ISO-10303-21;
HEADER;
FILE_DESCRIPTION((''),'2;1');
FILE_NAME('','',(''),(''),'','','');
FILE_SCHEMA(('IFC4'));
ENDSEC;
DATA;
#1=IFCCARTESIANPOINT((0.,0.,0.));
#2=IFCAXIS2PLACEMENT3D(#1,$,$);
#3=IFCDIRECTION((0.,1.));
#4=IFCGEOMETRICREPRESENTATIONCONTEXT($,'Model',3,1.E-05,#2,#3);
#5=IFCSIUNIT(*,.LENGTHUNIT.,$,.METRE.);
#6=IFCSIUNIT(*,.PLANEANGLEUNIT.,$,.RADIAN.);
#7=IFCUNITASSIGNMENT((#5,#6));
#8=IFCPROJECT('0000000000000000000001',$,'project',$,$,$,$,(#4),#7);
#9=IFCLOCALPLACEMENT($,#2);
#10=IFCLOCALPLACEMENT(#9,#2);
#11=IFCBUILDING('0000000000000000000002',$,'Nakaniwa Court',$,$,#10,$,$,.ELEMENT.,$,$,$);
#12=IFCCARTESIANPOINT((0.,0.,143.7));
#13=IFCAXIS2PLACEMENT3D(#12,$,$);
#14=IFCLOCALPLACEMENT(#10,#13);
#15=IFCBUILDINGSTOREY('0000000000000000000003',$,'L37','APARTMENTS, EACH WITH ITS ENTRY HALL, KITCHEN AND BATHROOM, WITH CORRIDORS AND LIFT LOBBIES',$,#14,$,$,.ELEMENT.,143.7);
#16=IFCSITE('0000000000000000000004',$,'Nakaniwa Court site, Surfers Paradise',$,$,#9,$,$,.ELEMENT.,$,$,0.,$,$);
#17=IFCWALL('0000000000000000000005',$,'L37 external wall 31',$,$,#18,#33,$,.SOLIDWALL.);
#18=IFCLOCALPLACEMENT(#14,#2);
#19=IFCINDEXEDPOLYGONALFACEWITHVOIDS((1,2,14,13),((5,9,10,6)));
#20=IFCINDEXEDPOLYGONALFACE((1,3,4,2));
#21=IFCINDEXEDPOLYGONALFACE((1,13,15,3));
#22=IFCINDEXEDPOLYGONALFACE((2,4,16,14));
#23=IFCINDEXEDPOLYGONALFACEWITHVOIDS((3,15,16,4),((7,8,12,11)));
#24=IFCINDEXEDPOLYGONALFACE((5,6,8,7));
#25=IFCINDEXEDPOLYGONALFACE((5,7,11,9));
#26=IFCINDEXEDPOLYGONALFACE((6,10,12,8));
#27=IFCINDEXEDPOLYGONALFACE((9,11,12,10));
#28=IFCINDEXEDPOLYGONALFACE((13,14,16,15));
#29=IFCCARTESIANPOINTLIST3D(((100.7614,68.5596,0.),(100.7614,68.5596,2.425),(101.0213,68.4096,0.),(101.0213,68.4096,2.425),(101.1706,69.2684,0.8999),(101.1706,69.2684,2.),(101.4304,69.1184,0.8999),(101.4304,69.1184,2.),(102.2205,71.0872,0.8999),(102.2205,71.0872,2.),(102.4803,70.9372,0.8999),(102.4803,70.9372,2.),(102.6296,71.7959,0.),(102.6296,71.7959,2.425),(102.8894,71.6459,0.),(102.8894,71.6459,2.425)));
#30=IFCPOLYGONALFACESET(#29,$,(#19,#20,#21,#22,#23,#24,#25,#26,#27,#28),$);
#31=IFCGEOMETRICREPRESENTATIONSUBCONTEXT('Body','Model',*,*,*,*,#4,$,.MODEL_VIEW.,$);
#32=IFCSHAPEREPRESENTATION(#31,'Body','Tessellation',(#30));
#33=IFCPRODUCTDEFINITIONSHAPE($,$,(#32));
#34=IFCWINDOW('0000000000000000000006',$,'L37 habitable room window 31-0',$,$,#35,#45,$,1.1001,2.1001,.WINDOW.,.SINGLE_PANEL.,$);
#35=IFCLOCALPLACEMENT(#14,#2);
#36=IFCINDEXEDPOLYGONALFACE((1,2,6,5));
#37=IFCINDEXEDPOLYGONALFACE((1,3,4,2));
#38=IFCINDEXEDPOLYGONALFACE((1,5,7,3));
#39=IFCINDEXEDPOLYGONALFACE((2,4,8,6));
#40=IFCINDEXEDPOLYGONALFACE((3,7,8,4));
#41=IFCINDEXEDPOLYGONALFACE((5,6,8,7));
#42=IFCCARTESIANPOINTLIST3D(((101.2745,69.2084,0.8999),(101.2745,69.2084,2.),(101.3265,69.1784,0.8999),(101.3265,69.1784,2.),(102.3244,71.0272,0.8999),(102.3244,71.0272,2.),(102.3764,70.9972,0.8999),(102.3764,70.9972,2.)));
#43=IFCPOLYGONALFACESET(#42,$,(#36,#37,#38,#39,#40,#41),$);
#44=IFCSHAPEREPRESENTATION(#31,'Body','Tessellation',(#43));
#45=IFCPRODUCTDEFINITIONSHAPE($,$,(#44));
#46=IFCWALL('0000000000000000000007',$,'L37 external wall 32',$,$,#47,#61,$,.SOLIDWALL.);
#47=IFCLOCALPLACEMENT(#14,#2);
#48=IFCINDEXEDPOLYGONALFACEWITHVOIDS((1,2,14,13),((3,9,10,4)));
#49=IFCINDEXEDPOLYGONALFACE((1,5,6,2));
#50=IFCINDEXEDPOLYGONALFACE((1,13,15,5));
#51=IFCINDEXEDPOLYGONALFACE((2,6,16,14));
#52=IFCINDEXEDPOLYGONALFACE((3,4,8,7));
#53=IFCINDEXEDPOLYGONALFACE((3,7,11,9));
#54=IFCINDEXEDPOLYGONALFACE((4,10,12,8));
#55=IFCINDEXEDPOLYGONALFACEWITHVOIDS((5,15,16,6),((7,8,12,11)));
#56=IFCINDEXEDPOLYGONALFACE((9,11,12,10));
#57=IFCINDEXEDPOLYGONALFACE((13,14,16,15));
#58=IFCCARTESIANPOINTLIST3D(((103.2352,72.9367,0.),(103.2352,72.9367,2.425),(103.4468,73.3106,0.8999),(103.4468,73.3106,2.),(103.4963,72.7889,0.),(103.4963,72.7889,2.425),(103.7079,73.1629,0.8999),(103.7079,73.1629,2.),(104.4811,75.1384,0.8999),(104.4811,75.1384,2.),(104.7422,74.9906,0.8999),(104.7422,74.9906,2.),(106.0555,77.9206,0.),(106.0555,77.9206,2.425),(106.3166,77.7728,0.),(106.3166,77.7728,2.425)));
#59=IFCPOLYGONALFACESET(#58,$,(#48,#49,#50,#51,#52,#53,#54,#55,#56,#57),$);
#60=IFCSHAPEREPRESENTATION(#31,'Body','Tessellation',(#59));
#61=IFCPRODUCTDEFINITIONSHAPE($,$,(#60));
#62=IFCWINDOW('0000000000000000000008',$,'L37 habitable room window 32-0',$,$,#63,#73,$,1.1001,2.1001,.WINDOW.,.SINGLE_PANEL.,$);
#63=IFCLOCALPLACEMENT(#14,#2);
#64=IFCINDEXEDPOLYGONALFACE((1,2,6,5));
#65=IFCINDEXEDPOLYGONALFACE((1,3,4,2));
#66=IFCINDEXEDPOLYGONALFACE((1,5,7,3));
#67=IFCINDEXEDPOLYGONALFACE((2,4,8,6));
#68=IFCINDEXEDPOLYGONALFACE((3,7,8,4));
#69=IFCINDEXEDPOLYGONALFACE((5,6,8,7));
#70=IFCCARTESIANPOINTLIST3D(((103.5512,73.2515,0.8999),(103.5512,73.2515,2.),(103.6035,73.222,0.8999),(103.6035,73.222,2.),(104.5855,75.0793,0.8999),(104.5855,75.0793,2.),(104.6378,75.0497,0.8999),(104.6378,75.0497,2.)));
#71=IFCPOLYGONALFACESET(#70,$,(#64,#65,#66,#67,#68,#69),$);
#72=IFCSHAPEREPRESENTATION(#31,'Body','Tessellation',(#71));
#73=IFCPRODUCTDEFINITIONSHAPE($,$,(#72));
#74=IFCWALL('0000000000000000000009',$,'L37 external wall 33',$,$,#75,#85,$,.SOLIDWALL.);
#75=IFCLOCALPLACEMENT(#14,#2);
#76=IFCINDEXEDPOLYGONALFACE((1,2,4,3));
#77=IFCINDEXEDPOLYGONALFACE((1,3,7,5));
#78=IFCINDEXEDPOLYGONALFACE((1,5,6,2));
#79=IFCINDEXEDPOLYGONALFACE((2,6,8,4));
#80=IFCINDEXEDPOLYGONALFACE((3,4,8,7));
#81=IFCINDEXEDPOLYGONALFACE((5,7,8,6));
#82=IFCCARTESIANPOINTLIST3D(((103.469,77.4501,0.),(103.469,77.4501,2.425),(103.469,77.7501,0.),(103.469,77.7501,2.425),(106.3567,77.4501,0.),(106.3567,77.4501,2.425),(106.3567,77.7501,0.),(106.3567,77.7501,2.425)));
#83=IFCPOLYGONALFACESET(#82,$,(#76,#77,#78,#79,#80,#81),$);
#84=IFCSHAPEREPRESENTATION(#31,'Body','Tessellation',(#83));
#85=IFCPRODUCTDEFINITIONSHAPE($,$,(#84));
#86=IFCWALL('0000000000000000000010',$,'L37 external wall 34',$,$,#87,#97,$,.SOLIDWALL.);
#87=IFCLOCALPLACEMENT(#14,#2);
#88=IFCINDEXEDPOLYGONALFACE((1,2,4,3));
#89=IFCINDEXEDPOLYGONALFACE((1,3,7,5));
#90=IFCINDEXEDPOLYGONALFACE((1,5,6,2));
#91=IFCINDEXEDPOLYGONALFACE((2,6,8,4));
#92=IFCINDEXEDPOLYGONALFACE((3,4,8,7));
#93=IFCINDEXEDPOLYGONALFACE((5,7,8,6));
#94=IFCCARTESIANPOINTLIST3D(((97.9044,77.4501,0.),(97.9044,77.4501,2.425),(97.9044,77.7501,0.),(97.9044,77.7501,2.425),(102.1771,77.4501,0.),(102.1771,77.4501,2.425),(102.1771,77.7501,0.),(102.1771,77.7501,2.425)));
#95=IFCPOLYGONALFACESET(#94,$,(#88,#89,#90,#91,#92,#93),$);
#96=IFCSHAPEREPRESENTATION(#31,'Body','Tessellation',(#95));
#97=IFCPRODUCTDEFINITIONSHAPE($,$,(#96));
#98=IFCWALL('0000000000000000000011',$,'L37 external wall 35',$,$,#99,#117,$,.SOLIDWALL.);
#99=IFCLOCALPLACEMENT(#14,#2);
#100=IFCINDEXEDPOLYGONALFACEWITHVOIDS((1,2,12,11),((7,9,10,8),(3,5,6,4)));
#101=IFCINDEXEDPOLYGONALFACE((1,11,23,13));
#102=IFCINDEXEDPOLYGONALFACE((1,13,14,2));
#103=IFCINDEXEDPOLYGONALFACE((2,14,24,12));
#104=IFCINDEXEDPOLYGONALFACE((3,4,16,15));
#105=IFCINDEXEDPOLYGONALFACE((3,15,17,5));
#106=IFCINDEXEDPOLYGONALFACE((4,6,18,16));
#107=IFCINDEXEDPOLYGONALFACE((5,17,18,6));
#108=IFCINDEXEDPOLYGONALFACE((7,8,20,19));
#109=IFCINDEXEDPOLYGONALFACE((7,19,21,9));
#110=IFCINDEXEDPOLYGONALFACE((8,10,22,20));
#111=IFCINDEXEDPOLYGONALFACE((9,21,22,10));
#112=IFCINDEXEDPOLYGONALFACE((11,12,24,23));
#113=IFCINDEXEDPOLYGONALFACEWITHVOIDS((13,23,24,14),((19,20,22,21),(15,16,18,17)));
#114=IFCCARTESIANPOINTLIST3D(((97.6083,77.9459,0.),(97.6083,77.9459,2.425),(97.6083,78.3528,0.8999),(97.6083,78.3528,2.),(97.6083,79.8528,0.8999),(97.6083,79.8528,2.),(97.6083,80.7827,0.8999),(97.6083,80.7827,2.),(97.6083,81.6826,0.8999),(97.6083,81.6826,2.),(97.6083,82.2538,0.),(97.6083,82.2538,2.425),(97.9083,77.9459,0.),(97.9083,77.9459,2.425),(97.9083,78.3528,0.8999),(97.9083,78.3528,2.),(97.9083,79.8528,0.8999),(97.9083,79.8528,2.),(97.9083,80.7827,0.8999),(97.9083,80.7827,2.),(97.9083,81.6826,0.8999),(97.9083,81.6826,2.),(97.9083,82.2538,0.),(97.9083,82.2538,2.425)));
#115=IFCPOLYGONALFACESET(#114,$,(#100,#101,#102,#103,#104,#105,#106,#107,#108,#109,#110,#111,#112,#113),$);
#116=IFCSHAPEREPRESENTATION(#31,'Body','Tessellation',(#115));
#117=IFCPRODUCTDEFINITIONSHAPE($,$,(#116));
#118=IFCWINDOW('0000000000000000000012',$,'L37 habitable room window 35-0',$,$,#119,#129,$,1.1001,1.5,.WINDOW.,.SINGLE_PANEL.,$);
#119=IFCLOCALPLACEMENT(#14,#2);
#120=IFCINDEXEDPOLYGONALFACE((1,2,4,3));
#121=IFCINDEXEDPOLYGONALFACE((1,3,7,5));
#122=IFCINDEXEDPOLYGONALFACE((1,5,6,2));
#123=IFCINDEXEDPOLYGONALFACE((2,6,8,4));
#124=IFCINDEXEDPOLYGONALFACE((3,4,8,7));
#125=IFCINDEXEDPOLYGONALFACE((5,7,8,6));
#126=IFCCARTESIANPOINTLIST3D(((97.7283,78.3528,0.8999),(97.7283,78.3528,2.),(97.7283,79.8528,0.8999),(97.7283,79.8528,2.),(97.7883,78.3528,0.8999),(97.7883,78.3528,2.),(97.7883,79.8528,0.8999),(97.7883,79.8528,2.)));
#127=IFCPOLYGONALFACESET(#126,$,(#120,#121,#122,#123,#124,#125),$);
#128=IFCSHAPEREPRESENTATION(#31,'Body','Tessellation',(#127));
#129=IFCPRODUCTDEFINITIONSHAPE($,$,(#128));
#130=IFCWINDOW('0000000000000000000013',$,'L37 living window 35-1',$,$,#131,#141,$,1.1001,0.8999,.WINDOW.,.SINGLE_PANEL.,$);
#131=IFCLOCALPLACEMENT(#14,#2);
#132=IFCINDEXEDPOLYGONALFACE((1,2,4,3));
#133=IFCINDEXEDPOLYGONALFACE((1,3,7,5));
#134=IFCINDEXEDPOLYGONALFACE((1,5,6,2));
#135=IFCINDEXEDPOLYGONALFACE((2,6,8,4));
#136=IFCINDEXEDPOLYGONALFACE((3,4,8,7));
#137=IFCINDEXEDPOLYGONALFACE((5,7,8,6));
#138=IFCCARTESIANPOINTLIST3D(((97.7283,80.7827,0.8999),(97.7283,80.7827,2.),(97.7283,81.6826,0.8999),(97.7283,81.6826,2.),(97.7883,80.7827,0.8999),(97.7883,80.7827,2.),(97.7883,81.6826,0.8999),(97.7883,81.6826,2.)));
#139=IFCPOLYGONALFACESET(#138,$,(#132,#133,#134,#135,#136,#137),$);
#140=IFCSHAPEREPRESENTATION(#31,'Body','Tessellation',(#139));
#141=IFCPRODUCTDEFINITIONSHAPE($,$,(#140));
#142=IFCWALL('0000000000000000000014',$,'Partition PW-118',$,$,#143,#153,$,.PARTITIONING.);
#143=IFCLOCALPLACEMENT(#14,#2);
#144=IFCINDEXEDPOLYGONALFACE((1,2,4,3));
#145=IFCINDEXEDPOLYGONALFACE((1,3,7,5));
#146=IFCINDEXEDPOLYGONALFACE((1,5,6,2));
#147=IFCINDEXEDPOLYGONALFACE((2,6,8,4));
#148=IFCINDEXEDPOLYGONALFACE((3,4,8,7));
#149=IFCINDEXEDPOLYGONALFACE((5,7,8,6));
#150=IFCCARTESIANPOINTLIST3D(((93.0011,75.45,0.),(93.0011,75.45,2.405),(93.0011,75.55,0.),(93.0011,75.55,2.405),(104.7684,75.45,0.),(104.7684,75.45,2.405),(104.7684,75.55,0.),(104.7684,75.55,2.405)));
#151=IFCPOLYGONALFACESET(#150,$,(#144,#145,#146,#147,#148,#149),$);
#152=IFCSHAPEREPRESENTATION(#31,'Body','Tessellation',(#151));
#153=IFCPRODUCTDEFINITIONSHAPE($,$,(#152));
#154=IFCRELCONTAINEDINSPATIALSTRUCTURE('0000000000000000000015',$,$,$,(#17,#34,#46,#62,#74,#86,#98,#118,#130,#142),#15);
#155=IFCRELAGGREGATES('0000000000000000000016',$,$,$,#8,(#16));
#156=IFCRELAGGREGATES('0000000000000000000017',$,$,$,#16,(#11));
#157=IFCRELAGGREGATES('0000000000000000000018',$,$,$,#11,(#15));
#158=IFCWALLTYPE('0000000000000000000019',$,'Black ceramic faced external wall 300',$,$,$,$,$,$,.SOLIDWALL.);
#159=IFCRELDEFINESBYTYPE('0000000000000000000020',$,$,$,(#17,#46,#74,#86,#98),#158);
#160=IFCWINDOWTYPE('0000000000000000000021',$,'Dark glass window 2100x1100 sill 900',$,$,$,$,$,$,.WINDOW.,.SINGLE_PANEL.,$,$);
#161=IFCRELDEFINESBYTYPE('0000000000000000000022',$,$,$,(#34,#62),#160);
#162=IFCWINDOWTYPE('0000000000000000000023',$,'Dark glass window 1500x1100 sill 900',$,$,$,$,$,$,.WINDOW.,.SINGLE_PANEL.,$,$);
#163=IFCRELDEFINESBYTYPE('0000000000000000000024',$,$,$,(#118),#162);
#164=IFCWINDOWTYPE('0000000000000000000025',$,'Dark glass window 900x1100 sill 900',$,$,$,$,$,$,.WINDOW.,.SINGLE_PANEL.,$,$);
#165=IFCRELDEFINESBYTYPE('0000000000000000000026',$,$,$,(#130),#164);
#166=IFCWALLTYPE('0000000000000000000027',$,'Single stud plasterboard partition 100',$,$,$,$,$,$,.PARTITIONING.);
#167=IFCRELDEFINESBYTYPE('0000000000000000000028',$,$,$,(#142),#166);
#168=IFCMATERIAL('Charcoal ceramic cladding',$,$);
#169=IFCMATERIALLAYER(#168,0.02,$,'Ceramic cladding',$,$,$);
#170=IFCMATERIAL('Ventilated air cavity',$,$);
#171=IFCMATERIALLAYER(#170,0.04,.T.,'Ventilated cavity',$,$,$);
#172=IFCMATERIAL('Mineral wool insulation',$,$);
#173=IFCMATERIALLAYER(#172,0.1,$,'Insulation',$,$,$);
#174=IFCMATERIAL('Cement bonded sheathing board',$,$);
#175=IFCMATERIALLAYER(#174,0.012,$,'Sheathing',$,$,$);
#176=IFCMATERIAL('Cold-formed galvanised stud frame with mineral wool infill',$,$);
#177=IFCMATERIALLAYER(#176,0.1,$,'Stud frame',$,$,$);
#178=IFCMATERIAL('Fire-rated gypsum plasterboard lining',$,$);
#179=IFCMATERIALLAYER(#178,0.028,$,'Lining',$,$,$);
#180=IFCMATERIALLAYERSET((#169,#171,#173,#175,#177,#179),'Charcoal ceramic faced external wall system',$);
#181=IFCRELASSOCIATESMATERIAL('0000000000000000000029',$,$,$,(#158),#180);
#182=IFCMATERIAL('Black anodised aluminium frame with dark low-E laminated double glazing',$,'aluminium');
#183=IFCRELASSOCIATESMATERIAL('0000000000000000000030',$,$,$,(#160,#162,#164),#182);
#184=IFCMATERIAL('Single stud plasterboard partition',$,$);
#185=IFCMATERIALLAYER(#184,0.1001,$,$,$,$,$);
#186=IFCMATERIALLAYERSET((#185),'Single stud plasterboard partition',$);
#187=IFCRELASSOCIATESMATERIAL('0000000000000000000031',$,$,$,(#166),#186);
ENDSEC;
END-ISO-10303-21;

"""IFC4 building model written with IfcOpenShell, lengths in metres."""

from ifc_helpers import new_model, si_unit, direction, frame, frame_2d, origin, place, context, subcontext, project, spatial, rectangle, extrude, material, layer, layer_set, type_object, element, fill, save


model = new_model("IFC4")

# Units and contexts
model_context = context("Model", 3, precision=1e-05, world=origin(), true_north=direction((0.0, 1.0)))
body_context = subcontext(model_context, "Body", "Model", "MODEL_VIEW")
ifc_project = project(units=[si_unit("LENGTHUNIT", "METRE"), si_unit("PLANEANGLEUNIT", "RADIAN")], contexts=[model_context])

# Site, building, storey
site_placement = place(None, origin())
site = spatial("IfcSite", under=ifc_project, at=site_placement, Name="Nakaniwa Court site, Surfers Paradise", CompositionType="ELEMENT", RefElevation=0.0)
building_placement = place(site_placement, origin())
building = spatial("IfcBuilding", under=site, at=building_placement, Name="Nakaniwa Court", CompositionType="ELEMENT")
storey_placement = place(building_placement, frame((0.0, 0.0, 143.7)))
storey = spatial("IfcBuildingStorey", under=building, at=storey_placement, Name="L37", Description="APARTMENTS, EACH WITH ITS ENTRY HALL, KITCHEN AND BATHROOM, WITH CORRIDORS AND LIFT LOBBIES", CompositionType="ELEMENT", Elevation=143.7)

# Walls, openings, windows
ifc_material_1 = material(Name="Charcoal ceramic cladding")
ifc_layer_1 = layer(ifc_material_1, 0.02, Name="Ceramic cladding")
ifc_material_2 = material(Name="Ventilated air cavity")
ifc_layer_2 = layer(ifc_material_2, 0.04, ventilated=True, Name="Ventilated cavity")
ifc_material_3 = material(Name="Mineral wool insulation")
ifc_layer_3 = layer(ifc_material_3, 0.1, Name="Insulation")
ifc_material_4 = material(Name="Cement bonded sheathing board")
ifc_layer_4 = layer(ifc_material_4, 0.012, Name="Sheathing")
ifc_material_5 = material(Name="Cold-formed galvanised stud frame with mineral wool infill")
ifc_layer_5 = layer(ifc_material_5, 0.1, Name="Stud frame")
ifc_material_6 = material(Name="Fire-rated gypsum plasterboard lining")
ifc_layer_6 = layer(ifc_material_6, 0.028, Name="Lining")
ifc_layer_set_1 = layer_set([ifc_layer_1, ifc_layer_2, ifc_layer_3, ifc_layer_4, ifc_layer_5, ifc_layer_6], Name="Charcoal ceramic faced external wall system")
wall_type_1 = type_object("IfcWallType", Name="Black ceramic faced external wall 300", PredefinedType="SOLIDWALL", material=ifc_layer_set_1)
wall_1_placement = place(storey_placement, frame((100.8914, 68.4846, 0.0), z_axis=(0.0, 0.0, 1.0), x_axis=(0.499934, 0.866064, 0.0)))
wall_1 = element("IfcWall", 1, at=wall_1_placement, inside=storey, type_object=wall_type_1, Name="L37 external wall 31", PredefinedType="SOLIDWALL", context=body_context, shape_type="SweptSolid", body=[
    extrude(rectangle(XDim=3.7368, YDim=0.3, at=frame_2d((1.8684, 0.0))), origin(), (0.0, 0.0, 1.0), 2.425),
])
opening_1_placement = place(wall_1_placement, frame((0.8184, 0.0, 0.8999)))
opening_1 = element("IfcOpeningElement", 2, at=opening_1_placement, cuts=wall_1, PredefinedType="OPENING", context=body_context, shape_type="SweptSolid", body=[
    extrude(rectangle(XDim=2.1001, YDim=1.1001, at=frame_2d((1.05, 0.55))), frame((0.0, 0.1599, 0.0), z_axis=(0.0, -1.0, 0.0), x_axis=(1.0, 0.0, 0.0)), (0.0, 0.0, 1.0), 0.3201),
])
ifc_material_7 = material(Name="Black anodised aluminium frame with dark low-E laminated double glazing", Category="aluminium")
window_type_1 = type_object("IfcWindowType", Name="Dark glass window 2100x1100 sill 900", PartitioningType="SINGLE_PANEL", PredefinedType="WINDOW", material=ifc_material_7)
window_1_placement = place(opening_1_placement, origin())
window_1 = element("IfcWindow", 3, at=window_1_placement, inside=storey, type_object=window_type_1, Name="L37 habitable room window 31-0", OverallHeight=1.1001, OverallWidth=2.1001, PartitioningType="SINGLE_PANEL", PredefinedType="WINDOW", context=body_context, shape_type="SweptSolid", body=[
    extrude(rectangle(XDim=2.1001, YDim=1.1001, at=frame_2d((1.05, 0.55))), frame((0.0, 0.03, 0.0), z_axis=(0.0, -1.0, 0.0), x_axis=(1.0, 0.0, 0.0)), (0.0, 0.0, 1.0), 0.0601),
])
fill(opening_1, window_1)
wall_2_placement = place(storey_placement, frame((103.3657, 72.8628, 0.0), z_axis=(0.0, 0.0, 1.0), x_axis=(0.492498, 0.870313, 0.0)))
wall_2 = element("IfcWall", 4, at=wall_2_placement, inside=storey, type_object=wall_type_1, Name="L37 external wall 32", PredefinedType="SOLIDWALL", context=body_context, shape_type="SweptSolid", body=[
    extrude(rectangle(XDim=5.7266, YDim=0.3, at=frame_2d((2.8633, 0.0))), origin(), (0.0, 0.0, 1.0), 2.425),
])
opening_2_placement = place(wall_2_placement, frame((0.4297, 0.0, 0.8999)))
opening_2 = element("IfcOpeningElement", 5, at=opening_2_placement, cuts=wall_2, PredefinedType="OPENING", context=body_context, shape_type="SweptSolid", body=[
    extrude(rectangle(XDim=2.1001, YDim=1.1001, at=frame_2d((1.05, 0.55))), frame((0.0, 0.1599, 0.0), z_axis=(0.0, -1.0, 0.0), x_axis=(1.0, 0.0, 0.0)), (0.0, 0.0, 1.0), 0.3201),
])
window_2_placement = place(opening_2_placement, origin())
window_2 = element("IfcWindow", 6, at=window_2_placement, inside=storey, type_object=window_type_1, Name="L37 habitable room window 32-0", OverallHeight=1.1001, OverallWidth=2.1001, PartitioningType="SINGLE_PANEL", PredefinedType="WINDOW", context=body_context, shape_type="SweptSolid", body=[
    extrude(rectangle(XDim=2.1001, YDim=1.1001, at=frame_2d((1.05, 0.55))), frame((0.0, 0.03, 0.0), z_axis=(0.0, -1.0, 0.0), x_axis=(1.0, 0.0, 0.0)), (0.0, 0.0, 1.0), 0.0601),
])
fill(opening_2, window_2)

# Walls
wall_3_placement = place(storey_placement, frame((106.3567, 77.6001, 0.0), z_axis=(0.0, 0.0, 1.0), x_axis=(-1.0, 0.0, 0.0)))
element("IfcWall", 7, at=wall_3_placement, inside=storey, type_object=wall_type_1, Name="L37 external wall 33", PredefinedType="SOLIDWALL", context=body_context, shape_type="SweptSolid", body=[
    extrude(rectangle(XDim=2.8877, YDim=0.3, at=frame_2d((1.4438, 0.0))), origin(), (0.0, 0.0, 1.0), 2.425),
])
wall_4_placement = place(storey_placement, frame((102.177, 77.6001, 0.0), z_axis=(0.0, 0.0, 1.0), x_axis=(-1.0, 0.0, 0.0)))
element("IfcWall", 8, at=wall_4_placement, inside=storey, type_object=wall_type_1, Name="L37 external wall 34", PredefinedType="SOLIDWALL", context=body_context, shape_type="SweptSolid", body=[
    extrude(rectangle(XDim=4.2727, YDim=0.3, at=frame_2d((2.1362, 0.0))), origin(), (0.0, 0.0, 1.0), 2.425),
])

# Wall, openings, windows
wall_5_placement = place(storey_placement, frame((97.7583, 77.946, 0.0), z_axis=(0.0, 0.0, 1.0), x_axis=(0.0, 1.0, 0.0)))
wall_5 = element("IfcWall", 9, at=wall_5_placement, inside=storey, type_object=wall_type_1, Name="L37 external wall 35", PredefinedType="SOLIDWALL", context=body_context, shape_type="SweptSolid", body=[
    extrude(rectangle(XDim=4.3079, YDim=0.3, at=frame_2d((2.1538, 0.0))), origin(), (0.0, 0.0, 1.0), 2.425),
])
opening_3_placement = place(wall_5_placement, frame((0.4067, 0.0, 0.8999)))
opening_3 = element("IfcOpeningElement", 10, at=opening_3_placement, cuts=wall_5, PredefinedType="OPENING", context=body_context, shape_type="SweptSolid", body=[
    extrude(rectangle(XDim=1.5, YDim=1.1001, at=frame_2d((0.75, 0.55))), frame((0.0, 0.1599, 0.0), z_axis=(0.0, -1.0, 0.0), x_axis=(1.0, 0.0, 0.0)), (0.0, 0.0, 1.0), 0.3201),
])
opening_4_placement = place(wall_5_placement, frame((2.8367, 0.0, 0.8999)))
opening_4 = element("IfcOpeningElement", 11, at=opening_4_placement, cuts=wall_5, PredefinedType="OPENING", context=body_context, shape_type="SweptSolid", body=[
    extrude(rectangle(XDim=0.8999, YDim=1.1001, at=frame_2d((0.45, 0.55))), frame((0.0, 0.1599, 0.0), z_axis=(0.0, -1.0, 0.0), x_axis=(1.0, 0.0, 0.0)), (0.0, 0.0, 1.0), 0.3201),
])
window_type_2 = type_object("IfcWindowType", Name="Dark glass window 1500x1100 sill 900", PartitioningType="SINGLE_PANEL", PredefinedType="WINDOW", material=ifc_material_7)
window_3_placement = place(opening_3_placement, origin())
window_3 = element("IfcWindow", 12, at=window_3_placement, inside=storey, type_object=window_type_2, Name="L37 habitable room window 35-0", OverallHeight=1.1001, OverallWidth=1.5, PartitioningType="SINGLE_PANEL", PredefinedType="WINDOW", context=body_context, shape_type="SweptSolid", body=[
    extrude(rectangle(XDim=1.5, YDim=1.1001, at=frame_2d((0.75, 0.55))), frame((0.0, 0.03, 0.0), z_axis=(0.0, -1.0, 0.0), x_axis=(1.0, 0.0, 0.0)), (0.0, 0.0, 1.0), 0.0601),
])
fill(opening_3, window_3)
window_type_3 = type_object("IfcWindowType", Name="Dark glass window 900x1100 sill 900", PartitioningType="SINGLE_PANEL", PredefinedType="WINDOW", material=ifc_material_7)
window_4_placement = place(opening_4_placement, origin())
window_4 = element("IfcWindow", 13, at=window_4_placement, inside=storey, type_object=window_type_3, Name="L37 living window 35-1", OverallHeight=1.1001, OverallWidth=0.8999, PartitioningType="SINGLE_PANEL", PredefinedType="WINDOW", context=body_context, shape_type="SweptSolid", body=[
    extrude(rectangle(XDim=0.8999, YDim=1.1001, at=frame_2d((0.45, 0.55))), frame((0.0, 0.03, 0.0), z_axis=(0.0, -1.0, 0.0), x_axis=(1.0, 0.0, 0.0)), (0.0, 0.0, 1.0), 0.0601),
])
fill(opening_4, window_4)

# Wall
ifc_material_8 = material(Name="Single stud plasterboard partition")
ifc_layer_7 = layer(ifc_material_8, 0.1001)
ifc_layer_set_2 = layer_set([ifc_layer_7], Name="Single stud plasterboard partition")
wall_type_2 = type_object("IfcWallType", Name="Single stud plasterboard partition 100", PredefinedType="PARTITIONING", material=ifc_layer_set_2)
wall_6_placement = place(storey_placement, frame((93.001, 75.5, 0.0), z_axis=(0.0, 0.0, 1.0), x_axis=(1.0, 0.0, 0.0)))
element("IfcWall", 14, at=wall_6_placement, inside=storey, type_object=wall_type_2, Name="Partition PW-118", PredefinedType="PARTITIONING", context=body_context, shape_type="SweptSolid", body=[
    extrude(rectangle(XDim=11.7673, YDim=0.1001, at=frame_2d((5.8838, 0.0))), origin(), (0.0, 0.0, 1.0), 2.405),
])

save(model, "model.ifc")
